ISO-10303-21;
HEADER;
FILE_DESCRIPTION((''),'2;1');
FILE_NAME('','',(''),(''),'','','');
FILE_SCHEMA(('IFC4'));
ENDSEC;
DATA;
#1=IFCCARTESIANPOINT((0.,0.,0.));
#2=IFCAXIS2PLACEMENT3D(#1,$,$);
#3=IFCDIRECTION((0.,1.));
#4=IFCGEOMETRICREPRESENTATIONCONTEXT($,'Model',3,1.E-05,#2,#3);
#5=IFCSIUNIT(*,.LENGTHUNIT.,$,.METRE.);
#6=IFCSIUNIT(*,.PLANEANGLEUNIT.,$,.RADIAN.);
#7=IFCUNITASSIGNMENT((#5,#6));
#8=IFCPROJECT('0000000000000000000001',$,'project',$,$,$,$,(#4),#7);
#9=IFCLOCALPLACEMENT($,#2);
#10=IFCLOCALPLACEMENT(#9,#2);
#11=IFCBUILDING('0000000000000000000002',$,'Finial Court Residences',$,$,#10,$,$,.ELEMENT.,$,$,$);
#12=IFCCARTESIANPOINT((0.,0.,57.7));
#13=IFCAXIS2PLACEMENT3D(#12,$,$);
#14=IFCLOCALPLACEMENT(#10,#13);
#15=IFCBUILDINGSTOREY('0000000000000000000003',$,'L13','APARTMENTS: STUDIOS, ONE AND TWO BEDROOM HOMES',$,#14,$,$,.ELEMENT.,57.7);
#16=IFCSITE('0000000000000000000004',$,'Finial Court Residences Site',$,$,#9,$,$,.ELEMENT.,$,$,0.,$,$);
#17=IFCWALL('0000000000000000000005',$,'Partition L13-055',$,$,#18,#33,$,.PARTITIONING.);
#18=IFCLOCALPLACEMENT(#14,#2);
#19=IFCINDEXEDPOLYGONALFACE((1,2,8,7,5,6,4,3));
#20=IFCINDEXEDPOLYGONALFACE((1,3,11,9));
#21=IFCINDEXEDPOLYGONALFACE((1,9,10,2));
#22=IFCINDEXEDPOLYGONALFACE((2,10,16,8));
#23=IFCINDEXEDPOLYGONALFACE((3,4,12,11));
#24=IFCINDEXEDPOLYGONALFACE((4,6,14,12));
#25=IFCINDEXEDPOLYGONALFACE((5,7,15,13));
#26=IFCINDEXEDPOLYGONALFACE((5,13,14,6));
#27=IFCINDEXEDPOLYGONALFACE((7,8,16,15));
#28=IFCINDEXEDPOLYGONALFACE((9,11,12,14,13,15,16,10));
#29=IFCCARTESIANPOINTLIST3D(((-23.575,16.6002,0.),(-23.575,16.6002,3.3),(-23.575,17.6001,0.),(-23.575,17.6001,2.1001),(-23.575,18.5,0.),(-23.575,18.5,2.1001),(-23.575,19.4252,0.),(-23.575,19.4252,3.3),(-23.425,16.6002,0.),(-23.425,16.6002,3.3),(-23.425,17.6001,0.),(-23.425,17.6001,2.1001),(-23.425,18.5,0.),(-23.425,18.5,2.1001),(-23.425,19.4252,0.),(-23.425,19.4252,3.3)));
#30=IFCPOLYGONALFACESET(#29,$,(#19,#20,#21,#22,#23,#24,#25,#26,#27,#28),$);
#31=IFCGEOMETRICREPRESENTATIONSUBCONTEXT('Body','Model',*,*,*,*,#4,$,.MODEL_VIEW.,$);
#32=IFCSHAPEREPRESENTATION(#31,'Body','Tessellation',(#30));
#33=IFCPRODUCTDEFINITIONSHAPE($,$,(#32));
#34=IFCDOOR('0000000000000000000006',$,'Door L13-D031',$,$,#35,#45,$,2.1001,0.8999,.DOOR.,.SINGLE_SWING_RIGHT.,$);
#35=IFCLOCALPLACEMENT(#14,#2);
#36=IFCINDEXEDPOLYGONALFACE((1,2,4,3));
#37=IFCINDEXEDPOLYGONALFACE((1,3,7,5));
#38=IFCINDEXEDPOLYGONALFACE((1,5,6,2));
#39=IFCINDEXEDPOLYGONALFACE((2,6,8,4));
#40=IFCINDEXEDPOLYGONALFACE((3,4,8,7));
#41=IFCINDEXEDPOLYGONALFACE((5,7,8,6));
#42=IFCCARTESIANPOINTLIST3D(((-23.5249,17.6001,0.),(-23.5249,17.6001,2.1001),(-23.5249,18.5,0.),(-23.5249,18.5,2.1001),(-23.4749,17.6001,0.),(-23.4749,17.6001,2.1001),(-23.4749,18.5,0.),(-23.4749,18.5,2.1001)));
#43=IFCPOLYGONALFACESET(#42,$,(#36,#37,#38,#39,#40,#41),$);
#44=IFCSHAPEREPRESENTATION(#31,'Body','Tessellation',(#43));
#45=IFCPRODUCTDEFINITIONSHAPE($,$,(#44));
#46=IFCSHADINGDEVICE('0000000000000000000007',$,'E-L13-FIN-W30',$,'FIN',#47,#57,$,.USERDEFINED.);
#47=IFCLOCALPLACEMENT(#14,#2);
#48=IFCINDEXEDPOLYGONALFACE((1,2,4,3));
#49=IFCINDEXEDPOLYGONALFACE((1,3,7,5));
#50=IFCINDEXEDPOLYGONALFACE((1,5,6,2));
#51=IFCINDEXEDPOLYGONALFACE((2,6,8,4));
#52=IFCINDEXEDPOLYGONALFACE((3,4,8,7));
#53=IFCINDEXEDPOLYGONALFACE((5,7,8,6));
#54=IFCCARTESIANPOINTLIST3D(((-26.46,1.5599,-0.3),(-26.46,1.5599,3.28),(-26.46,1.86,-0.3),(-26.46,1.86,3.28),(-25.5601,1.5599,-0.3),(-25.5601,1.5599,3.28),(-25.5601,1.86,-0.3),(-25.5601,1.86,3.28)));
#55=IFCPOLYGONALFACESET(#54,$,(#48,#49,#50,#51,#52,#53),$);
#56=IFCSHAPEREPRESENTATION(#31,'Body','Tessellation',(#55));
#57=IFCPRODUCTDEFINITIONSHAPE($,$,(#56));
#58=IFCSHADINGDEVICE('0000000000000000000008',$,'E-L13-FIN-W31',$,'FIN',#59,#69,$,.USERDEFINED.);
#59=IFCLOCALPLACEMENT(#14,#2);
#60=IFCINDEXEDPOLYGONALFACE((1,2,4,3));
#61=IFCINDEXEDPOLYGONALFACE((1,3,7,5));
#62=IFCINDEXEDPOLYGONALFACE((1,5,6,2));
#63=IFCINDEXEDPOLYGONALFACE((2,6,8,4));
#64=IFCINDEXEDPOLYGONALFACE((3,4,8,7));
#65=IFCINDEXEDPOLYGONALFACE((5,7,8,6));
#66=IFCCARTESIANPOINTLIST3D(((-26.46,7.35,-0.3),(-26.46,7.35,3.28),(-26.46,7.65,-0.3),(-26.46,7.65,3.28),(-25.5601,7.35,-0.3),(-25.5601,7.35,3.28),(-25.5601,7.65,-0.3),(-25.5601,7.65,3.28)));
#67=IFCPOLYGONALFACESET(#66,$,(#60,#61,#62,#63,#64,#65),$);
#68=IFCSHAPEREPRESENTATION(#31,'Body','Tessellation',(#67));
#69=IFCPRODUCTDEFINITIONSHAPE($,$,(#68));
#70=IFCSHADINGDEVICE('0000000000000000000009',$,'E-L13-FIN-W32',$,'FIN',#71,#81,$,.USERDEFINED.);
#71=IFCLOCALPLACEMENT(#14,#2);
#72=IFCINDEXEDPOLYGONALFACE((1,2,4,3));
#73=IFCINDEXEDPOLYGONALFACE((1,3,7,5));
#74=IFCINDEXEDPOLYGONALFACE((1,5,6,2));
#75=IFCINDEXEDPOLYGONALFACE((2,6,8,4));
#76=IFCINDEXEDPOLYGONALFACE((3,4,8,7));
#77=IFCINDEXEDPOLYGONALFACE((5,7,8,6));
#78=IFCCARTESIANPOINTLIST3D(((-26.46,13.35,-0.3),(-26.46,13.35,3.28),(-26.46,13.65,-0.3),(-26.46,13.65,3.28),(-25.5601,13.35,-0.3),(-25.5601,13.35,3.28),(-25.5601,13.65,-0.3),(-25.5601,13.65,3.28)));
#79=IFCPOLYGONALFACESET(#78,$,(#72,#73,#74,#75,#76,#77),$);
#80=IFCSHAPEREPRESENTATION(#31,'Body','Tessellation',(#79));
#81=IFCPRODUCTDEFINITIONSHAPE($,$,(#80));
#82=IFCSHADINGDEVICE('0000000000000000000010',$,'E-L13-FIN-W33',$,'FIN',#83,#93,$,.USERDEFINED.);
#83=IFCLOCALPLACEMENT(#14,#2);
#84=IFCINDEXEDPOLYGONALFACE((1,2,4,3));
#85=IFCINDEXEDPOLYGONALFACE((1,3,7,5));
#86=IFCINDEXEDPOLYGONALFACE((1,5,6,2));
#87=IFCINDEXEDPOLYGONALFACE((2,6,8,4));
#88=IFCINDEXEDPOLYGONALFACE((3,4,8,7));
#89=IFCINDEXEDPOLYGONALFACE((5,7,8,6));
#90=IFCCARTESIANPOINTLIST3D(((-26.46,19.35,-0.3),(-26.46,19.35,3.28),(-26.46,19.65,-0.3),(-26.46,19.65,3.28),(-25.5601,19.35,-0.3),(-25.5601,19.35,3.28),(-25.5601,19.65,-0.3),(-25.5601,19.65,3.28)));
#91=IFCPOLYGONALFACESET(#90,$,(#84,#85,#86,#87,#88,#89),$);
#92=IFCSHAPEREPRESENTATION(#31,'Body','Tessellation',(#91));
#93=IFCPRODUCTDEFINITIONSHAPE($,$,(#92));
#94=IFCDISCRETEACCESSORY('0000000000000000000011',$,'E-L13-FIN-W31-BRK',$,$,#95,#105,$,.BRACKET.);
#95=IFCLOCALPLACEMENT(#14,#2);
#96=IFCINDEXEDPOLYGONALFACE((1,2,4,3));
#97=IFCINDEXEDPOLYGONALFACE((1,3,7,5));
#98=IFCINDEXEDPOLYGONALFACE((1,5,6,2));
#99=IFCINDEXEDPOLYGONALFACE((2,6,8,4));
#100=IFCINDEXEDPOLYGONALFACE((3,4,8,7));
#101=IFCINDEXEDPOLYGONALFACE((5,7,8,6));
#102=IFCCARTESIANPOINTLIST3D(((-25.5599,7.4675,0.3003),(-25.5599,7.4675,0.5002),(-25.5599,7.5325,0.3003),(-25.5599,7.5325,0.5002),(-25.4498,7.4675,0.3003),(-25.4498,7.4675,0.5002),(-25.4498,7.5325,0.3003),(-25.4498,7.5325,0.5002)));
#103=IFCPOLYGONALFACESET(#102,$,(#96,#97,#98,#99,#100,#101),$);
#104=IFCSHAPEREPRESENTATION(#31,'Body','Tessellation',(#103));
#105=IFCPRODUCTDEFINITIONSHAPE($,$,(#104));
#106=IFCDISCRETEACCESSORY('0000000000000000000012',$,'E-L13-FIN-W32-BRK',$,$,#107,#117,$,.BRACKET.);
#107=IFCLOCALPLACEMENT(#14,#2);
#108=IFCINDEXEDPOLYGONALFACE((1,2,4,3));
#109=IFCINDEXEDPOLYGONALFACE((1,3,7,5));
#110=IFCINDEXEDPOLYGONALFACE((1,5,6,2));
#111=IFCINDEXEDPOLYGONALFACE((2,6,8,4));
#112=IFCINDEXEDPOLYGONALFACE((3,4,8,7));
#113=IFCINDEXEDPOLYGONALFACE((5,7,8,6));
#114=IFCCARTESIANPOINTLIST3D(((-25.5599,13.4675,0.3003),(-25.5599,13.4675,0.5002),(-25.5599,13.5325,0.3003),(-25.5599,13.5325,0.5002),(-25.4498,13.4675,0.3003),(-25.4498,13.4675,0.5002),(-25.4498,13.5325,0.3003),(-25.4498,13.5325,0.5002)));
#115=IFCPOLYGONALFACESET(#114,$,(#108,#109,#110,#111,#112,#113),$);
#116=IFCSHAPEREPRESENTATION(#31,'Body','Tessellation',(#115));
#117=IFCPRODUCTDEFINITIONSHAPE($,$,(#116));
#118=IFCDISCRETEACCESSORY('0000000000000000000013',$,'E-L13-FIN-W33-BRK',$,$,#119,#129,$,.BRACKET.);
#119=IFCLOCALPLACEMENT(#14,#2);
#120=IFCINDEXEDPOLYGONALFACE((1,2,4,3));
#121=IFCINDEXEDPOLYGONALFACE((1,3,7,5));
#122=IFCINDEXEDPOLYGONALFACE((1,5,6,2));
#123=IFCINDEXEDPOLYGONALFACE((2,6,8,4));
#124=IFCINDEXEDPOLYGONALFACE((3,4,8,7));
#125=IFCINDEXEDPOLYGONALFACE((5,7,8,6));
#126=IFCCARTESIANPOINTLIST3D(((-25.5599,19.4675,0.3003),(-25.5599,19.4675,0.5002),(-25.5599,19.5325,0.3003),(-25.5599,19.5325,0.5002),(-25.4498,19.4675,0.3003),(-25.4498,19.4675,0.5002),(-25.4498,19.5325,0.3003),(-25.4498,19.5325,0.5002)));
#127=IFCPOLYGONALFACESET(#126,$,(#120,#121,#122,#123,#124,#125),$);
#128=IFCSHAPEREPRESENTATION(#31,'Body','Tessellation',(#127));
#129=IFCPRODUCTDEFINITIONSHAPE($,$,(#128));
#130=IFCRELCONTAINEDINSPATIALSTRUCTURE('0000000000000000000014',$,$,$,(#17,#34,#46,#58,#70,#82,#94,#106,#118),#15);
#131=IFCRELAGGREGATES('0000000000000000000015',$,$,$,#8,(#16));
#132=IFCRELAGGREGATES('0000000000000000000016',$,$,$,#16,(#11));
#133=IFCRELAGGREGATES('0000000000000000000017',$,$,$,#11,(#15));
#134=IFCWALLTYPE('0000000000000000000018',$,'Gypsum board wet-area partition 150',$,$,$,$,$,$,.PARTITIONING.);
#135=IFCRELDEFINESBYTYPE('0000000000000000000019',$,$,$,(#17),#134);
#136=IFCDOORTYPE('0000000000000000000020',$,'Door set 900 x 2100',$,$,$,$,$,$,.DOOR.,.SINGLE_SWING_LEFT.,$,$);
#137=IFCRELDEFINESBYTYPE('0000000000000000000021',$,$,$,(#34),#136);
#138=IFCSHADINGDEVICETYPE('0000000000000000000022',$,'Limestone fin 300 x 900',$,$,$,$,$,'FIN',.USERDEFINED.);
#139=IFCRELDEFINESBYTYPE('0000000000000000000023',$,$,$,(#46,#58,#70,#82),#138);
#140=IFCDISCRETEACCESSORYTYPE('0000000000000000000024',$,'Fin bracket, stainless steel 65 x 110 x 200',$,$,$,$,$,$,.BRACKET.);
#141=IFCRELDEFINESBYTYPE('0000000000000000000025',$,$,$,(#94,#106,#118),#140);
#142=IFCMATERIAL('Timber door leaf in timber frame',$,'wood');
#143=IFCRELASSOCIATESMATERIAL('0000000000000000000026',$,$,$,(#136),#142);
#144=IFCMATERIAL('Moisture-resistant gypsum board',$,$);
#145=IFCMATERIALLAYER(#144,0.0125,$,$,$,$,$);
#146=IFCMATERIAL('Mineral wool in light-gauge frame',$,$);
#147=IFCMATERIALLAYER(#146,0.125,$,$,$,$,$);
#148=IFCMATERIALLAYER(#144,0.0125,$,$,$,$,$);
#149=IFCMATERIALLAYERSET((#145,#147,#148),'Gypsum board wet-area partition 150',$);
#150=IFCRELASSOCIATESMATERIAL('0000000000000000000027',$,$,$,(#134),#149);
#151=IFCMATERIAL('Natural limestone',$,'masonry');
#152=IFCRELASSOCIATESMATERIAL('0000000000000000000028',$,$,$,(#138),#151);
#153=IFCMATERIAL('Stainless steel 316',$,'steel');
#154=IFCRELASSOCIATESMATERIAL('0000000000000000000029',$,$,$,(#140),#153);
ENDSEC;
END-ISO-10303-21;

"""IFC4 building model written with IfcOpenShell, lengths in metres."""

from ifc_helpers import new_model, si_unit, direction, frame, frame_2d, origin, origin_2d, place, context, subcontext, project, spatial, rectangle, extrude, material, layer, layer_set, type_object, element, fill, save


model = new_model("IFC4")

# Units and contexts
model_context = context("Model", 3, precision=1e-05, world=origin(), true_north=direction((0.0, 1.0)))
body_context = subcontext(model_context, "Body", "Model", "MODEL_VIEW")
ifc_project = project(units=[si_unit("LENGTHUNIT", "METRE"), si_unit("PLANEANGLEUNIT", "RADIAN")], contexts=[model_context])

# Site, building, storey
site_placement = place(None, origin())
site = spatial("IfcSite", under=ifc_project, at=site_placement, Name="Finial Court Residences Site", CompositionType="ELEMENT", RefElevation=0.0)
building_placement = place(site_placement, origin())
building = spatial("IfcBuilding", under=site, at=building_placement, Name="Finial Court Residences", CompositionType="ELEMENT")
storey_placement = place(building_placement, frame((0.0, 0.0, 57.7)))
storey = spatial("IfcBuildingStorey", under=building, at=storey_placement, Name="L13", Description="APARTMENTS: STUDIOS, ONE AND TWO BEDROOM HOMES", CompositionType="ELEMENT", Elevation=57.7)

# Shared definitions
ifc_material_1 = material(Name="Mineral wool in light-gauge frame")
ifc_material_2 = material(Name="Timber door leaf in timber frame", Category="wood")
door_type_1 = type_object("IfcDoorType", Name="Door set 900 x 2100", OperationType="SINGLE_SWING_LEFT", PredefinedType="DOOR", material=ifc_material_2)

# Wall, opening, door
ifc_material_3 = material(Name="Moisture-resistant gypsum board")
ifc_layer_1 = layer(ifc_material_3, 0.0125)
ifc_layer_2 = layer(ifc_material_1, 0.125)
ifc_layer_3 = layer(ifc_material_3, 0.0125)
ifc_layer_set_1 = layer_set([ifc_layer_1, ifc_layer_2, ifc_layer_3], Name="Gypsum board wet-area partition 150")
wall_type_1 = type_object("IfcWallType", Name="Gypsum board wet-area partition 150", PredefinedType="PARTITIONING", material=ifc_layer_set_1)
wall_1_placement = place(storey_placement, frame((-23.5, 16.6001, 0.0), z_axis=(0.0, 0.0, 1.0), x_axis=(0.0, 1.0, 0.0)))
wall_1 = element("IfcWall", 1, at=wall_1_placement, inside=storey, type_object=wall_type_1, Name="Partition L13-055", PredefinedType="PARTITIONING", context=body_context, shape_type="SweptSolid", body=[
    extrude(rectangle(XDim=2.825, YDim=0.1499, at=frame_2d((1.4126, 0.0))), origin(), (0.0, 0.0, 1.0), 3.3),
])
opening_1_placement = place(wall_1_placement, frame((1.0, 0.0, 0.0)))
opening_1 = element("IfcOpeningElement", 2, at=opening_1_placement, cuts=wall_1, PredefinedType="OPENING", context=body_context, shape_type="SweptSolid", body=[
    extrude(rectangle(XDim=0.8999, YDim=2.1001, at=frame_2d((0.45, 1.05))), frame((0.0, 0.085, 0.0), z_axis=(0.0, -1.0, 0.0), x_axis=(1.0, 0.0, 0.0)), (0.0, 0.0, 1.0), 0.1699),
])
door_1_placement = place(opening_1_placement, origin())
door_1 = element("IfcDoor", 3, at=door_1_placement, inside=storey, type_object=door_type_1, Name="Door L13-D031", OperationType="SINGLE_SWING_RIGHT", OverallHeight=2.1001, OverallWidth=0.8999, PredefinedType="DOOR", context=body_context, shape_type="SweptSolid", body=[
    extrude(rectangle(XDim=0.8999, YDim=2.1001, at=frame_2d((0.45, 1.05))), frame((0.0, 0.0249, 0.0), z_axis=(0.0, -1.0, 0.0), x_axis=(1.0, 0.0, 0.0)), (0.0, 0.0, 1.0), 0.05),
])
fill(opening_1, door_1)

# Shading devices
ifc_material_4 = material(Name="Natural limestone", Category="masonry")
shading_device_type = type_object("IfcShadingDeviceType", Name="Limestone fin 300 x 900", ElementType="FIN", PredefinedType="USERDEFINED", material=ifc_material_4)
for number, where, z_axis, x_axis, name in (
    (4, (-26.01, 1.71, -0.3), (0.0, 0.0, 1.0), (1.0, 0.0, 0.0), "E-L13-FIN-W30"),
    (5, (-26.01, 7.5, -0.3), (0.0, 0.0, 1.0), (1.0, 0.0, 0.0), "E-L13-FIN-W31"),
    (6, (-26.01, 13.5, -0.3), (0.0, 0.0, 1.0), (1.0, 0.0, 0.0), "E-L13-FIN-W32"),
    (7, (-26.01, 19.5, -0.3), (0.0, 0.0, 1.0), (1.0, 0.0, 0.0), "E-L13-FIN-W33"),
):
    element("IfcShadingDevice", number, at=place(storey_placement, frame(where, z_axis=z_axis, x_axis=x_axis)), inside=storey, type_object=shading_device_type, Name=name, ObjectType="FIN", PredefinedType="USERDEFINED", context=body_context, shape_type="SweptSolid", body=[
        extrude(rectangle(XDim=0.8999, YDim=0.3, at=origin_2d()), origin(), (0.0, 0.0, 1.0), 3.5801),
    ])

# Discrete accessories
ifc_material_5 = material(Name="Stainless steel 316", Category="steel")
discrete_accessory_type = type_object("IfcDiscreteAccessoryType", Name="Fin bracket, stainless steel 65 x 110 x 200", PredefinedType="BRACKET", material=ifc_material_5)
for number, where, z_axis, x_axis, name in (
    (8, (-25.5049, 7.5, 0.3003), (0.0, 0.0, 1.0), (1.0, 0.0, 0.0), "E-L13-FIN-W31-BRK"),
    (9, (-25.5049, 13.5, 0.3003), (0.0, 0.0, 1.0), (1.0, 0.0, 0.0), "E-L13-FIN-W32-BRK"),
    (10, (-25.5049, 19.5, 0.3003), (0.0, 0.0, 1.0), (1.0, 0.0, 0.0), "E-L13-FIN-W33-BRK"),
):
    element("IfcDiscreteAccessory", number, at=place(storey_placement, frame(where, z_axis=z_axis, x_axis=x_axis)), inside=storey, type_object=discrete_accessory_type, Name=name, PredefinedType="BRACKET", context=body_context, shape_type="SweptSolid", body=[
        extrude(rectangle(XDim=0.1101, YDim=0.0649, at=origin_2d()), origin(), (0.0, 0.0, 1.0), 0.2),
    ])

save(model, "model.ifc")
